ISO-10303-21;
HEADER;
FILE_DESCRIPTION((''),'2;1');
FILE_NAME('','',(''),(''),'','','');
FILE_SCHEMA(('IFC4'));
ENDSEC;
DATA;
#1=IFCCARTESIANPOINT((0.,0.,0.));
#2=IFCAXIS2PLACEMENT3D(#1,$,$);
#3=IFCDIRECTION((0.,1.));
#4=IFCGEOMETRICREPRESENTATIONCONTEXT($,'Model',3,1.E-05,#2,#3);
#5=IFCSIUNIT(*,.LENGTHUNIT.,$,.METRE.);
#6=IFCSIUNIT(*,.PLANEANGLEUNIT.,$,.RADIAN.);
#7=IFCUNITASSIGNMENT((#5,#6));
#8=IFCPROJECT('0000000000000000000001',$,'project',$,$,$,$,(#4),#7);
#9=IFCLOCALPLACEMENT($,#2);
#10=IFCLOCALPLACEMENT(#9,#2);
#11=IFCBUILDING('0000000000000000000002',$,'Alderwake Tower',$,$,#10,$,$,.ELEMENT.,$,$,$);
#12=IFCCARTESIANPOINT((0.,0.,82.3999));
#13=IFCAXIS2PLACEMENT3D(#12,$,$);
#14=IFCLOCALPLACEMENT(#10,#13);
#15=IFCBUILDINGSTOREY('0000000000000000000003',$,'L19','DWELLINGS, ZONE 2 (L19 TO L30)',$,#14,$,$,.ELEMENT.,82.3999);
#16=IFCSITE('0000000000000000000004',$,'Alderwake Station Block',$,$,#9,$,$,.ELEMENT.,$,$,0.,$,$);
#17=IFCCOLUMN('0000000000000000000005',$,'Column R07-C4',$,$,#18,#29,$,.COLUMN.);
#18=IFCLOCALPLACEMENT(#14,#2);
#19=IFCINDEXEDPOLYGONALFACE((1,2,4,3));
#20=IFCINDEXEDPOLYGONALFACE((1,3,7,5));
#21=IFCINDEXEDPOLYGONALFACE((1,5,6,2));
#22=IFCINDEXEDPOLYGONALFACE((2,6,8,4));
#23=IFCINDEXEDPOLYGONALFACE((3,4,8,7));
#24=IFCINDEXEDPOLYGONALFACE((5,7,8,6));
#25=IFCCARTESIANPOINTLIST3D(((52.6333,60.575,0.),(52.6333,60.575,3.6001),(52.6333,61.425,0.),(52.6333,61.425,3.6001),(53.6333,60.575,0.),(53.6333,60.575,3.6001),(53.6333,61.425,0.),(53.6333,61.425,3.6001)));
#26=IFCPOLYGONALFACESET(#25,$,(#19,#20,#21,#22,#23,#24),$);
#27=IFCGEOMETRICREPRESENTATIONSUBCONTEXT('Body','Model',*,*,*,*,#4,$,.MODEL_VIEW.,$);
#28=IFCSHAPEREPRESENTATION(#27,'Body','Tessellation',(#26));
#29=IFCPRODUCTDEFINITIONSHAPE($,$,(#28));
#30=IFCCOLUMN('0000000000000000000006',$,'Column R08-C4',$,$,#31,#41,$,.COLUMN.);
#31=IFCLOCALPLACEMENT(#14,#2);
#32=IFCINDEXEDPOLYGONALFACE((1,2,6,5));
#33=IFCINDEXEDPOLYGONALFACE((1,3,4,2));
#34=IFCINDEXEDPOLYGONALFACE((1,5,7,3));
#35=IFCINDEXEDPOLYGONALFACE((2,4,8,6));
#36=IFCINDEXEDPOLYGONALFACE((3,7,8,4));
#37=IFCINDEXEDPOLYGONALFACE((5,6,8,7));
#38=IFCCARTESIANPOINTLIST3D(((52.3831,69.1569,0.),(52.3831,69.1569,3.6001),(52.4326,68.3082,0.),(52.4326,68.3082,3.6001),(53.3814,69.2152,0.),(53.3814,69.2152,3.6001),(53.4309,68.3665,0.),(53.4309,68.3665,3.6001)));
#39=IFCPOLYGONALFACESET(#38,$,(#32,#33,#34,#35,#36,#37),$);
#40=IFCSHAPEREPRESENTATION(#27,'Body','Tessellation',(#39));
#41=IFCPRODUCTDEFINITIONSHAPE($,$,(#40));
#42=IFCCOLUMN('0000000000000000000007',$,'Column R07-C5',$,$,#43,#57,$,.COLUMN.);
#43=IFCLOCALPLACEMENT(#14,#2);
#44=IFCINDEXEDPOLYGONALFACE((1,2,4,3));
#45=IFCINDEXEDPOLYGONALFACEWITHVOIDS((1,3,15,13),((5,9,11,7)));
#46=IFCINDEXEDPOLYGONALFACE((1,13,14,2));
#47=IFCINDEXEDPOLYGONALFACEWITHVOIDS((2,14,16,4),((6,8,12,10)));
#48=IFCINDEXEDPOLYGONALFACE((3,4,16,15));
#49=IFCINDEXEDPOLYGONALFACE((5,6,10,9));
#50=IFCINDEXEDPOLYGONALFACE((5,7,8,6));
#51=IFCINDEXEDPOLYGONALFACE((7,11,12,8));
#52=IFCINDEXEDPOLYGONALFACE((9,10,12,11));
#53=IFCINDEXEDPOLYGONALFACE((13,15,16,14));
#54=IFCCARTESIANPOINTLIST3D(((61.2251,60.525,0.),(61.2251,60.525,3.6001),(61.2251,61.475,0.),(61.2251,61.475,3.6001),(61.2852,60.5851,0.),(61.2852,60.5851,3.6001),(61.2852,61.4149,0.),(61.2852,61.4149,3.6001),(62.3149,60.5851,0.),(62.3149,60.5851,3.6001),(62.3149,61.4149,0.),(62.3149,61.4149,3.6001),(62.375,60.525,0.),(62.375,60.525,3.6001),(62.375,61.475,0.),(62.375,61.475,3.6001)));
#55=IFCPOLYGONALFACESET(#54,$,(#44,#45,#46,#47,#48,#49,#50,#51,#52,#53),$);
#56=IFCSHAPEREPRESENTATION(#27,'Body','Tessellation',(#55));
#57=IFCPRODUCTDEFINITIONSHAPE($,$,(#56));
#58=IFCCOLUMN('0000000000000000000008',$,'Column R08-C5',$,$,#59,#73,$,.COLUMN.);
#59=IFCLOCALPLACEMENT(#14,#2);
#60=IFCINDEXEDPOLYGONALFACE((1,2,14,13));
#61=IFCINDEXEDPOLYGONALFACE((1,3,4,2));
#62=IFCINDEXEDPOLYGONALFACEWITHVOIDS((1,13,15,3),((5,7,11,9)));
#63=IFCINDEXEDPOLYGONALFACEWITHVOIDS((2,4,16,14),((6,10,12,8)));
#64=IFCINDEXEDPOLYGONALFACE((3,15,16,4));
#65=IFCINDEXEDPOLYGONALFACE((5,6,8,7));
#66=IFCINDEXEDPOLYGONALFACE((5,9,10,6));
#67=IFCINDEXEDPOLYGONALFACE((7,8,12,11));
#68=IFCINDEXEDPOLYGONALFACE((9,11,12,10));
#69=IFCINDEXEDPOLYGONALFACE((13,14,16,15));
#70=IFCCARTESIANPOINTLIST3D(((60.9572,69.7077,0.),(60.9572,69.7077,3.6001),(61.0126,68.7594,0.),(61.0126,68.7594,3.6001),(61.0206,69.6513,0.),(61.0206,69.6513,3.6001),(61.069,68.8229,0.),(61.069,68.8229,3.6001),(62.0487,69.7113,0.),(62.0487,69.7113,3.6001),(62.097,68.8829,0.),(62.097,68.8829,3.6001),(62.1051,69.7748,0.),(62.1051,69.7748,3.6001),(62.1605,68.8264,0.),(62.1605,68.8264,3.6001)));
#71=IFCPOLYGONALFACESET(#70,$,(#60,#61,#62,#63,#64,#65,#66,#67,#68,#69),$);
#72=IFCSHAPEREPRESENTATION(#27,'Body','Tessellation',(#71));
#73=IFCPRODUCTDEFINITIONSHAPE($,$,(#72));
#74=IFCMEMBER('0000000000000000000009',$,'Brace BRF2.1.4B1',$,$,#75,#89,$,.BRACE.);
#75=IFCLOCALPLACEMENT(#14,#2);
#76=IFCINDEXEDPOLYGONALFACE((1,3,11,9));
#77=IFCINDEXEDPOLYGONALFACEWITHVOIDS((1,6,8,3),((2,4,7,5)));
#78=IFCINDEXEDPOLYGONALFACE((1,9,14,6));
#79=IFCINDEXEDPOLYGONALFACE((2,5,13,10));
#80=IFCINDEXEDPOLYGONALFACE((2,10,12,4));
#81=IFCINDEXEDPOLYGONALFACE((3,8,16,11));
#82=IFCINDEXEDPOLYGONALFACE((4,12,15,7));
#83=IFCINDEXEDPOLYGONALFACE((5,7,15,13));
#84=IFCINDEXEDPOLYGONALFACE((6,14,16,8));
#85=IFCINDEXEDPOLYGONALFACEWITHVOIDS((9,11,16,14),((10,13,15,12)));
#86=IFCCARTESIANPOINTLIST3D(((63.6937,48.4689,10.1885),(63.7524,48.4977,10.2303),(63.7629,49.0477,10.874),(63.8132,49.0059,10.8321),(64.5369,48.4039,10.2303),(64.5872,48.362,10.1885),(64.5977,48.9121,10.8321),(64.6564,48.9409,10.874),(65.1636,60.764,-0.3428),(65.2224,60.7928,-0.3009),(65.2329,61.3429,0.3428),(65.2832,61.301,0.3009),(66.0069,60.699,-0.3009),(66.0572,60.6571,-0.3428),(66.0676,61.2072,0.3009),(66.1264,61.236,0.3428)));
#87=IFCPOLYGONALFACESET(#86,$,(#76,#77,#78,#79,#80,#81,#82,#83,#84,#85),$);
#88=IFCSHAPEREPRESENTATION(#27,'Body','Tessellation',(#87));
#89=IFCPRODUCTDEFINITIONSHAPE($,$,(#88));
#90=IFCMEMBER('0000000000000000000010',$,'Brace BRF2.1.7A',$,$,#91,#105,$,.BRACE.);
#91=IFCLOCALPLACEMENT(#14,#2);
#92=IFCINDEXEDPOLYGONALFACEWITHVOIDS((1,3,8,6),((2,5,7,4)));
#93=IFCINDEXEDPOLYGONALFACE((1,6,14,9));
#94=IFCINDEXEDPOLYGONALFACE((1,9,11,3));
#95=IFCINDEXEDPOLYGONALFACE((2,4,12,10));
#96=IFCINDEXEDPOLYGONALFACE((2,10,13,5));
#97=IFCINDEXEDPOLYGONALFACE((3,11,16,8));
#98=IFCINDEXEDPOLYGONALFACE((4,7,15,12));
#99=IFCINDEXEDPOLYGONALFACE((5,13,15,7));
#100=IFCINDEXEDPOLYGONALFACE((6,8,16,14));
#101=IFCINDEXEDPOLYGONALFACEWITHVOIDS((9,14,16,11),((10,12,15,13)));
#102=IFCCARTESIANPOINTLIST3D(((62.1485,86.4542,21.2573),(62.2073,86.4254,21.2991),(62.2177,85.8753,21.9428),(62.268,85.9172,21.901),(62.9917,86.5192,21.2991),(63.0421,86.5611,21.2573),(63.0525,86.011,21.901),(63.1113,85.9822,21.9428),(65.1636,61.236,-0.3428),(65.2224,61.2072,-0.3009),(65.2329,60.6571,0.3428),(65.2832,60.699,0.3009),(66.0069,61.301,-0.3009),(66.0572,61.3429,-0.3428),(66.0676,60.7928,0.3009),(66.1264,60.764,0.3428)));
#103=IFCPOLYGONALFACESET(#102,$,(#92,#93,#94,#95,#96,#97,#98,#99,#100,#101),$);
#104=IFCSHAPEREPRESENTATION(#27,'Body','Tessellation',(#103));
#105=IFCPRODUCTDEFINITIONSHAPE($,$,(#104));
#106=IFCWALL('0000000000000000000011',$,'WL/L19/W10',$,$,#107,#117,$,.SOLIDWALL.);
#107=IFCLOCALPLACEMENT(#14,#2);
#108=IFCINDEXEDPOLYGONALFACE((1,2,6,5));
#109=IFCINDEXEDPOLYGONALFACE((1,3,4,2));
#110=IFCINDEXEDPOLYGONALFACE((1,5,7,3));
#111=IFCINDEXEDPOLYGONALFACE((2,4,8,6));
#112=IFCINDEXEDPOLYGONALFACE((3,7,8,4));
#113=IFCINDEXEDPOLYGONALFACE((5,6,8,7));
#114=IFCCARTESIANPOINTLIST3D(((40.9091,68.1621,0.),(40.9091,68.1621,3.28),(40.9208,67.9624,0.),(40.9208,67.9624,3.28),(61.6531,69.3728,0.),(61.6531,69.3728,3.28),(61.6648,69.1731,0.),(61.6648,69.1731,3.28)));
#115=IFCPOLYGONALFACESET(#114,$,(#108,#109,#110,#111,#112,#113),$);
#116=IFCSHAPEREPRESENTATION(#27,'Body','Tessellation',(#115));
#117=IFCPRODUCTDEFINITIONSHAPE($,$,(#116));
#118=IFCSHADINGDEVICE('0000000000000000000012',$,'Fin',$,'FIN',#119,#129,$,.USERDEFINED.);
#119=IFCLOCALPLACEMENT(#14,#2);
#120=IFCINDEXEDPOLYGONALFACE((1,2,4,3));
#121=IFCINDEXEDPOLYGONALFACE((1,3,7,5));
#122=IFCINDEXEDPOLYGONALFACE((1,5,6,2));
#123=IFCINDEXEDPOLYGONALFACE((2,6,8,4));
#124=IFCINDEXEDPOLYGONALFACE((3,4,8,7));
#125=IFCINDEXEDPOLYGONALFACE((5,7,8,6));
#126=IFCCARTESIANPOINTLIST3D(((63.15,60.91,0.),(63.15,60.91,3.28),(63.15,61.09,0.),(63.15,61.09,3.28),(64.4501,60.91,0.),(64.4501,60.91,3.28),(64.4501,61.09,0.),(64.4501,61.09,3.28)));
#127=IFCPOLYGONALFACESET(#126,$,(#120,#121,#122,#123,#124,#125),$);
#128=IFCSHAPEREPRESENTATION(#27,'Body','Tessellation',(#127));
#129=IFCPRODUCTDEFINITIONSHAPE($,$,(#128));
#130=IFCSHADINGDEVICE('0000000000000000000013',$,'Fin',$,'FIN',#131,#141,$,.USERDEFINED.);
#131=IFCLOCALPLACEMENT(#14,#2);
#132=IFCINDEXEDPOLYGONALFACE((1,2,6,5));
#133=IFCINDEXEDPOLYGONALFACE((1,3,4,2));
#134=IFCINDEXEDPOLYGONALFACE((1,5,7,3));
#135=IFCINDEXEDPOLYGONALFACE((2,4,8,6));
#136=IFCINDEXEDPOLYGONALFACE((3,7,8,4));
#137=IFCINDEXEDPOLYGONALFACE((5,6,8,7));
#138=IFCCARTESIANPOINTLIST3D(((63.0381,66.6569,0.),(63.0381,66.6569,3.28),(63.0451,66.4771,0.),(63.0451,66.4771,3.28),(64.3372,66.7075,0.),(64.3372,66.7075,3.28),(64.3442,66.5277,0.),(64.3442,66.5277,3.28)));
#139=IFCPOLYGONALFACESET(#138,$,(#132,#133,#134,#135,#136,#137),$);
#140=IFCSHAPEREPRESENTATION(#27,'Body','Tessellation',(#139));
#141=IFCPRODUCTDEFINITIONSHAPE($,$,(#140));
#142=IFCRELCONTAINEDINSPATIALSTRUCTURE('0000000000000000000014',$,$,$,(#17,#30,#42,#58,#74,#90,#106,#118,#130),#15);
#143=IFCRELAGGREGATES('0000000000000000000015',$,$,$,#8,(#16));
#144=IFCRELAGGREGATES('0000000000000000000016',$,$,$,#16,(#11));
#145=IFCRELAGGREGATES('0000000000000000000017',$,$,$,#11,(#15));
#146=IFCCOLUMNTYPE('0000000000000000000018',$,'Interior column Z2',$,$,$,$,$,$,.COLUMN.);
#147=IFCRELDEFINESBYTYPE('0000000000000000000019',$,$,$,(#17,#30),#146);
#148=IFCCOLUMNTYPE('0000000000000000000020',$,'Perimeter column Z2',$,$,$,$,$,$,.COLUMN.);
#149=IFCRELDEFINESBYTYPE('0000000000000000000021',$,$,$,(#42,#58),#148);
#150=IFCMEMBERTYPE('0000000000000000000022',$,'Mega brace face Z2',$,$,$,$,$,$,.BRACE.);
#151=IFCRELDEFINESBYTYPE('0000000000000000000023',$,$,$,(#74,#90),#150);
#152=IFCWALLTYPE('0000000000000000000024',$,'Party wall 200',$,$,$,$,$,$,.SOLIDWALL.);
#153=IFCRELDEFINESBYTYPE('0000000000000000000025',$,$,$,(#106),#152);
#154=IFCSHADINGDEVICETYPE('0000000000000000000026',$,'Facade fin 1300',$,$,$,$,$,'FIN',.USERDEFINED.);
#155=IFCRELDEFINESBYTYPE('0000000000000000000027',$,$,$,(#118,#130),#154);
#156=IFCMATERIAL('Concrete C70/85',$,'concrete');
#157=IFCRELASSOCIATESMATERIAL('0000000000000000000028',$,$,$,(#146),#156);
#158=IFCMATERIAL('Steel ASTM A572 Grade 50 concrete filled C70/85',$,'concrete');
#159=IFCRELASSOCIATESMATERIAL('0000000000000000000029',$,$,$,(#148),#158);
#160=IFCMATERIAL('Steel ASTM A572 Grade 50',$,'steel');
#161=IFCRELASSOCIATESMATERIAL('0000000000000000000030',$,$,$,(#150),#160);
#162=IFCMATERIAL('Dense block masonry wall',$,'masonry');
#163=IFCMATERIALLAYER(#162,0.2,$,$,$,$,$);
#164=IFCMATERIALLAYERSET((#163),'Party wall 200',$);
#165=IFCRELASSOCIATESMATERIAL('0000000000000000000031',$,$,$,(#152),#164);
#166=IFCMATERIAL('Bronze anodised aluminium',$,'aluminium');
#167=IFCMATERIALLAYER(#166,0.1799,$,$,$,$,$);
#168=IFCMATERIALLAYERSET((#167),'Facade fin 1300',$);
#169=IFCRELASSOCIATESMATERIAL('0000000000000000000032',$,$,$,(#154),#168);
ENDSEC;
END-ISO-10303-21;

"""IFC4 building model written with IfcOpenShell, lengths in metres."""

from ifc_helpers import new_model, si_unit, direction, frame, frame_2d, origin, origin_2d, place, context, subcontext, project, spatial, rectangle, hollow_rectangle, extrude, material, layer, layer_set, material_profile, profile_set, type_object, element, save


model = new_model("IFC4")

# Units and contexts
model_context = context("Model", 3, precision=1e-05, world=origin(), true_north=direction((0.0, 1.0)))
body_context = subcontext(model_context, "Body", "Model", "MODEL_VIEW")
ifc_project = project(units=[si_unit("LENGTHUNIT", "METRE"), si_unit("PLANEANGLEUNIT", "RADIAN")], contexts=[model_context])

# Site, building, storey
site_placement = place(None, origin())
site = spatial("IfcSite", under=ifc_project, at=site_placement, Name="Alderwake Station Block", CompositionType="ELEMENT", RefElevation=0.0)
building_placement = place(site_placement, origin())
building = spatial("IfcBuilding", under=site, at=building_placement, Name="Alderwake Tower", CompositionType="ELEMENT")
storey_placement = place(building_placement, frame((0.0, 0.0, 82.3999)))
storey = spatial("IfcBuildingStorey", under=building, at=storey_placement, Name="L19", Description="DWELLINGS, ZONE 2 (L19 TO L30)", CompositionType="ELEMENT", Elevation=82.3999)

# Columns
ifc_material_1 = material(Name="Concrete C70/85", Category="concrete")
ifc_material_profile_1 = material_profile(ifc_material_1, rectangle(XDim=0.8501, YDim=1.0, at=origin_2d()), Name="RC 1000X850")
ifc_profile_set_1 = profile_set([ifc_material_profile_1], Name="Concrete C70/85")
column_type_1 = type_object("IfcColumnType", Name="Interior column Z2", PredefinedType="COLUMN", material=ifc_profile_set_1)
for number, where, z_axis, x_axis, name in (
    (1, (53.1333, 61.0, 0.0), (0.0, 0.0, 1.0), (0.0, 1.0, 0.0), "Column R07-C4"),
    (2, (52.907, 68.7617, 0.0), (0.0, 0.0, 1.0), (-0.058301, 0.998299, 0.0), "Column R08-C4"),
):
    element("IfcColumn", number, at=place(storey_placement, frame(where, z_axis=z_axis, x_axis=x_axis)), inside=storey, type_object=column_type_1, Name=name, PredefinedType="COLUMN", context=body_context, shape_type="SweptSolid", body=[
        extrude(rectangle(XDim=0.8501, YDim=1.0, at=origin_2d()), origin(), (0.0, 0.0, 1.0), 3.6001),
    ])
ifc_material_2 = material(Name="Steel ASTM A572 Grade 50 concrete filled C70/85", Category="concrete")
ifc_material_profile_2 = material_profile(ifc_material_2, hollow_rectangle(XDim=0.95, YDim=1.1499, WallThickness=0.0601, at=origin_2d()), Name="BOX 1150X950X60")
ifc_profile_set_2 = profile_set([ifc_material_profile_2], Name="Steel ASTM A572 Grade 50 concrete filled C70/85")
column_type_2 = type_object("IfcColumnType", Name="Perimeter column Z2", PredefinedType="COLUMN", material=ifc_profile_set_2)
for number, where, z_axis, x_axis, name in (
    (3, (61.8, 61.0, 0.0), (0.0, 0.0, 1.0), (0.0, 1.0, 0.0), "Column R07-C5"),
    (4, (61.5588, 69.2671, 0.0), (0.0, 0.0, 1.0), (-0.058301, 0.998299, 0.0), "Column R08-C5"),
):
    element("IfcColumn", number, at=place(storey_placement, frame(where, z_axis=z_axis, x_axis=x_axis)), inside=storey, type_object=column_type_2, Name=name, PredefinedType="COLUMN", context=body_context, shape_type="SweptSolid", body=[
        extrude(hollow_rectangle(XDim=0.95, YDim=1.1499, WallThickness=0.0601, at=origin_2d()), origin(), (0.0, 0.0, 1.0), 3.6001),
    ])

# Members
ifc_material_3 = material(Name="Steel ASTM A572 Grade 50", Category="steel")
ifc_material_profile_3 = material_profile(ifc_material_3, hollow_rectangle(XDim=0.8999, YDim=0.8999, WallThickness=0.0549, at=origin_2d()), Name="BOX 900X900X55")
ifc_profile_set_3 = profile_set([ifc_material_profile_3], Name="Steel ASTM A572 Grade 50")
member_type = type_object("IfcMemberType", Name="Mega brace face Z2", PredefinedType="BRACE", material=ifc_profile_set_3)
member_1_placement = place(storey_placement, frame((65.645, 61.0, 0.0), z_axis=(-0.090429, -0.756373, 0.64786), x_axis=(0.992929, -0.118711, 0.0)))
element("IfcMember", 5, at=member_1_placement, inside=storey, type_object=member_type, Name="Brace BRF2.1.4B1", PredefinedType="BRACE", context=body_context, shape_type="SweptSolid", body=[
    extrude(hollow_rectangle(XDim=0.8999, YDim=0.8999, WallThickness=0.0549, at=origin_2d()), origin(), (0.0, 0.0, 1.0), 16.2554),
])
member_2_placement = place(storey_placement, frame((65.645, 61.0, 0.0), z_axis=(-0.090434, 0.756376, 0.647856), x_axis=(-0.992928, -0.118716, 0.0)))
element("IfcMember", 6, at=member_2_placement, inside=storey, type_object=member_type, Name="Brace BRF2.1.7A", PredefinedType="BRACE", context=body_context, shape_type="SweptSolid", body=[
    extrude(hollow_rectangle(XDim=0.8999, YDim=0.8999, WallThickness=0.0549, at=origin_2d()), origin(), (0.0, 0.0, 1.0), 33.3408),
])

# Wall
ifc_material_4 = material(Name="Dense block masonry wall", Category="masonry")
ifc_layer_1 = layer(ifc_material_4, 0.2)
ifc_layer_set_1 = layer_set([ifc_layer_1], Name="Party wall 200")
wall_type_1 = type_object("IfcWallType", Name="Party wall 200", PredefinedType="SOLIDWALL", material=ifc_layer_set_1)
wall_1_placement = place(storey_placement, frame((61.6589, 69.2729, 0.0), z_axis=(0.0, 0.0, 1.0), x_axis=(-0.998301, -0.058265, 0.0)))
element("IfcWall", 7, at=wall_1_placement, inside=storey, type_object=wall_type_1, Name="WL/L19/W10", PredefinedType="SOLIDWALL", context=body_context, shape_type="SweptSolid", body=[
    extrude(rectangle(XDim=20.7793, YDim=0.2, at=frame_2d((10.3896, 0.0))), origin(), (0.0, 0.0, 1.0), 3.28),
])

# Shading devices
ifc_material_5 = material(Name="Bronze anodised aluminium", Category="aluminium")
ifc_layer_2 = layer(ifc_material_5, 0.1799)
ifc_layer_set_2 = layer_set([ifc_layer_2], Name="Facade fin 1300")
shading_device_type = type_object("IfcShadingDeviceType", Name="Facade fin 1300", ElementType="FIN", PredefinedType="USERDEFINED", material=ifc_layer_set_2)
for number, where, z_axis, x_axis, name in (
    (8, (63.8, 61.0, 0.0), (0.0, 0.0, 1.0), (1.0, 0.0, 0.0), "Fin"),
    (9, (63.6912, 66.5923, 0.0), (0.0, 0.0, 1.0), (0.999243, 0.03889, 0.0), "Fin"),
):
    element("IfcShadingDevice", number, at=place(storey_placement, frame(where, z_axis=z_axis, x_axis=x_axis)), inside=storey, type_object=shading_device_type, Name=name, ObjectType="FIN", PredefinedType="USERDEFINED", context=body_context, shape_type="SweptSolid", body=[
        extrude(rectangle(XDim=1.3, YDim=0.1799, at=origin_2d()), origin(), (0.0, 0.0, 1.0), 3.28),
    ])

save(model, "model.ifc")
